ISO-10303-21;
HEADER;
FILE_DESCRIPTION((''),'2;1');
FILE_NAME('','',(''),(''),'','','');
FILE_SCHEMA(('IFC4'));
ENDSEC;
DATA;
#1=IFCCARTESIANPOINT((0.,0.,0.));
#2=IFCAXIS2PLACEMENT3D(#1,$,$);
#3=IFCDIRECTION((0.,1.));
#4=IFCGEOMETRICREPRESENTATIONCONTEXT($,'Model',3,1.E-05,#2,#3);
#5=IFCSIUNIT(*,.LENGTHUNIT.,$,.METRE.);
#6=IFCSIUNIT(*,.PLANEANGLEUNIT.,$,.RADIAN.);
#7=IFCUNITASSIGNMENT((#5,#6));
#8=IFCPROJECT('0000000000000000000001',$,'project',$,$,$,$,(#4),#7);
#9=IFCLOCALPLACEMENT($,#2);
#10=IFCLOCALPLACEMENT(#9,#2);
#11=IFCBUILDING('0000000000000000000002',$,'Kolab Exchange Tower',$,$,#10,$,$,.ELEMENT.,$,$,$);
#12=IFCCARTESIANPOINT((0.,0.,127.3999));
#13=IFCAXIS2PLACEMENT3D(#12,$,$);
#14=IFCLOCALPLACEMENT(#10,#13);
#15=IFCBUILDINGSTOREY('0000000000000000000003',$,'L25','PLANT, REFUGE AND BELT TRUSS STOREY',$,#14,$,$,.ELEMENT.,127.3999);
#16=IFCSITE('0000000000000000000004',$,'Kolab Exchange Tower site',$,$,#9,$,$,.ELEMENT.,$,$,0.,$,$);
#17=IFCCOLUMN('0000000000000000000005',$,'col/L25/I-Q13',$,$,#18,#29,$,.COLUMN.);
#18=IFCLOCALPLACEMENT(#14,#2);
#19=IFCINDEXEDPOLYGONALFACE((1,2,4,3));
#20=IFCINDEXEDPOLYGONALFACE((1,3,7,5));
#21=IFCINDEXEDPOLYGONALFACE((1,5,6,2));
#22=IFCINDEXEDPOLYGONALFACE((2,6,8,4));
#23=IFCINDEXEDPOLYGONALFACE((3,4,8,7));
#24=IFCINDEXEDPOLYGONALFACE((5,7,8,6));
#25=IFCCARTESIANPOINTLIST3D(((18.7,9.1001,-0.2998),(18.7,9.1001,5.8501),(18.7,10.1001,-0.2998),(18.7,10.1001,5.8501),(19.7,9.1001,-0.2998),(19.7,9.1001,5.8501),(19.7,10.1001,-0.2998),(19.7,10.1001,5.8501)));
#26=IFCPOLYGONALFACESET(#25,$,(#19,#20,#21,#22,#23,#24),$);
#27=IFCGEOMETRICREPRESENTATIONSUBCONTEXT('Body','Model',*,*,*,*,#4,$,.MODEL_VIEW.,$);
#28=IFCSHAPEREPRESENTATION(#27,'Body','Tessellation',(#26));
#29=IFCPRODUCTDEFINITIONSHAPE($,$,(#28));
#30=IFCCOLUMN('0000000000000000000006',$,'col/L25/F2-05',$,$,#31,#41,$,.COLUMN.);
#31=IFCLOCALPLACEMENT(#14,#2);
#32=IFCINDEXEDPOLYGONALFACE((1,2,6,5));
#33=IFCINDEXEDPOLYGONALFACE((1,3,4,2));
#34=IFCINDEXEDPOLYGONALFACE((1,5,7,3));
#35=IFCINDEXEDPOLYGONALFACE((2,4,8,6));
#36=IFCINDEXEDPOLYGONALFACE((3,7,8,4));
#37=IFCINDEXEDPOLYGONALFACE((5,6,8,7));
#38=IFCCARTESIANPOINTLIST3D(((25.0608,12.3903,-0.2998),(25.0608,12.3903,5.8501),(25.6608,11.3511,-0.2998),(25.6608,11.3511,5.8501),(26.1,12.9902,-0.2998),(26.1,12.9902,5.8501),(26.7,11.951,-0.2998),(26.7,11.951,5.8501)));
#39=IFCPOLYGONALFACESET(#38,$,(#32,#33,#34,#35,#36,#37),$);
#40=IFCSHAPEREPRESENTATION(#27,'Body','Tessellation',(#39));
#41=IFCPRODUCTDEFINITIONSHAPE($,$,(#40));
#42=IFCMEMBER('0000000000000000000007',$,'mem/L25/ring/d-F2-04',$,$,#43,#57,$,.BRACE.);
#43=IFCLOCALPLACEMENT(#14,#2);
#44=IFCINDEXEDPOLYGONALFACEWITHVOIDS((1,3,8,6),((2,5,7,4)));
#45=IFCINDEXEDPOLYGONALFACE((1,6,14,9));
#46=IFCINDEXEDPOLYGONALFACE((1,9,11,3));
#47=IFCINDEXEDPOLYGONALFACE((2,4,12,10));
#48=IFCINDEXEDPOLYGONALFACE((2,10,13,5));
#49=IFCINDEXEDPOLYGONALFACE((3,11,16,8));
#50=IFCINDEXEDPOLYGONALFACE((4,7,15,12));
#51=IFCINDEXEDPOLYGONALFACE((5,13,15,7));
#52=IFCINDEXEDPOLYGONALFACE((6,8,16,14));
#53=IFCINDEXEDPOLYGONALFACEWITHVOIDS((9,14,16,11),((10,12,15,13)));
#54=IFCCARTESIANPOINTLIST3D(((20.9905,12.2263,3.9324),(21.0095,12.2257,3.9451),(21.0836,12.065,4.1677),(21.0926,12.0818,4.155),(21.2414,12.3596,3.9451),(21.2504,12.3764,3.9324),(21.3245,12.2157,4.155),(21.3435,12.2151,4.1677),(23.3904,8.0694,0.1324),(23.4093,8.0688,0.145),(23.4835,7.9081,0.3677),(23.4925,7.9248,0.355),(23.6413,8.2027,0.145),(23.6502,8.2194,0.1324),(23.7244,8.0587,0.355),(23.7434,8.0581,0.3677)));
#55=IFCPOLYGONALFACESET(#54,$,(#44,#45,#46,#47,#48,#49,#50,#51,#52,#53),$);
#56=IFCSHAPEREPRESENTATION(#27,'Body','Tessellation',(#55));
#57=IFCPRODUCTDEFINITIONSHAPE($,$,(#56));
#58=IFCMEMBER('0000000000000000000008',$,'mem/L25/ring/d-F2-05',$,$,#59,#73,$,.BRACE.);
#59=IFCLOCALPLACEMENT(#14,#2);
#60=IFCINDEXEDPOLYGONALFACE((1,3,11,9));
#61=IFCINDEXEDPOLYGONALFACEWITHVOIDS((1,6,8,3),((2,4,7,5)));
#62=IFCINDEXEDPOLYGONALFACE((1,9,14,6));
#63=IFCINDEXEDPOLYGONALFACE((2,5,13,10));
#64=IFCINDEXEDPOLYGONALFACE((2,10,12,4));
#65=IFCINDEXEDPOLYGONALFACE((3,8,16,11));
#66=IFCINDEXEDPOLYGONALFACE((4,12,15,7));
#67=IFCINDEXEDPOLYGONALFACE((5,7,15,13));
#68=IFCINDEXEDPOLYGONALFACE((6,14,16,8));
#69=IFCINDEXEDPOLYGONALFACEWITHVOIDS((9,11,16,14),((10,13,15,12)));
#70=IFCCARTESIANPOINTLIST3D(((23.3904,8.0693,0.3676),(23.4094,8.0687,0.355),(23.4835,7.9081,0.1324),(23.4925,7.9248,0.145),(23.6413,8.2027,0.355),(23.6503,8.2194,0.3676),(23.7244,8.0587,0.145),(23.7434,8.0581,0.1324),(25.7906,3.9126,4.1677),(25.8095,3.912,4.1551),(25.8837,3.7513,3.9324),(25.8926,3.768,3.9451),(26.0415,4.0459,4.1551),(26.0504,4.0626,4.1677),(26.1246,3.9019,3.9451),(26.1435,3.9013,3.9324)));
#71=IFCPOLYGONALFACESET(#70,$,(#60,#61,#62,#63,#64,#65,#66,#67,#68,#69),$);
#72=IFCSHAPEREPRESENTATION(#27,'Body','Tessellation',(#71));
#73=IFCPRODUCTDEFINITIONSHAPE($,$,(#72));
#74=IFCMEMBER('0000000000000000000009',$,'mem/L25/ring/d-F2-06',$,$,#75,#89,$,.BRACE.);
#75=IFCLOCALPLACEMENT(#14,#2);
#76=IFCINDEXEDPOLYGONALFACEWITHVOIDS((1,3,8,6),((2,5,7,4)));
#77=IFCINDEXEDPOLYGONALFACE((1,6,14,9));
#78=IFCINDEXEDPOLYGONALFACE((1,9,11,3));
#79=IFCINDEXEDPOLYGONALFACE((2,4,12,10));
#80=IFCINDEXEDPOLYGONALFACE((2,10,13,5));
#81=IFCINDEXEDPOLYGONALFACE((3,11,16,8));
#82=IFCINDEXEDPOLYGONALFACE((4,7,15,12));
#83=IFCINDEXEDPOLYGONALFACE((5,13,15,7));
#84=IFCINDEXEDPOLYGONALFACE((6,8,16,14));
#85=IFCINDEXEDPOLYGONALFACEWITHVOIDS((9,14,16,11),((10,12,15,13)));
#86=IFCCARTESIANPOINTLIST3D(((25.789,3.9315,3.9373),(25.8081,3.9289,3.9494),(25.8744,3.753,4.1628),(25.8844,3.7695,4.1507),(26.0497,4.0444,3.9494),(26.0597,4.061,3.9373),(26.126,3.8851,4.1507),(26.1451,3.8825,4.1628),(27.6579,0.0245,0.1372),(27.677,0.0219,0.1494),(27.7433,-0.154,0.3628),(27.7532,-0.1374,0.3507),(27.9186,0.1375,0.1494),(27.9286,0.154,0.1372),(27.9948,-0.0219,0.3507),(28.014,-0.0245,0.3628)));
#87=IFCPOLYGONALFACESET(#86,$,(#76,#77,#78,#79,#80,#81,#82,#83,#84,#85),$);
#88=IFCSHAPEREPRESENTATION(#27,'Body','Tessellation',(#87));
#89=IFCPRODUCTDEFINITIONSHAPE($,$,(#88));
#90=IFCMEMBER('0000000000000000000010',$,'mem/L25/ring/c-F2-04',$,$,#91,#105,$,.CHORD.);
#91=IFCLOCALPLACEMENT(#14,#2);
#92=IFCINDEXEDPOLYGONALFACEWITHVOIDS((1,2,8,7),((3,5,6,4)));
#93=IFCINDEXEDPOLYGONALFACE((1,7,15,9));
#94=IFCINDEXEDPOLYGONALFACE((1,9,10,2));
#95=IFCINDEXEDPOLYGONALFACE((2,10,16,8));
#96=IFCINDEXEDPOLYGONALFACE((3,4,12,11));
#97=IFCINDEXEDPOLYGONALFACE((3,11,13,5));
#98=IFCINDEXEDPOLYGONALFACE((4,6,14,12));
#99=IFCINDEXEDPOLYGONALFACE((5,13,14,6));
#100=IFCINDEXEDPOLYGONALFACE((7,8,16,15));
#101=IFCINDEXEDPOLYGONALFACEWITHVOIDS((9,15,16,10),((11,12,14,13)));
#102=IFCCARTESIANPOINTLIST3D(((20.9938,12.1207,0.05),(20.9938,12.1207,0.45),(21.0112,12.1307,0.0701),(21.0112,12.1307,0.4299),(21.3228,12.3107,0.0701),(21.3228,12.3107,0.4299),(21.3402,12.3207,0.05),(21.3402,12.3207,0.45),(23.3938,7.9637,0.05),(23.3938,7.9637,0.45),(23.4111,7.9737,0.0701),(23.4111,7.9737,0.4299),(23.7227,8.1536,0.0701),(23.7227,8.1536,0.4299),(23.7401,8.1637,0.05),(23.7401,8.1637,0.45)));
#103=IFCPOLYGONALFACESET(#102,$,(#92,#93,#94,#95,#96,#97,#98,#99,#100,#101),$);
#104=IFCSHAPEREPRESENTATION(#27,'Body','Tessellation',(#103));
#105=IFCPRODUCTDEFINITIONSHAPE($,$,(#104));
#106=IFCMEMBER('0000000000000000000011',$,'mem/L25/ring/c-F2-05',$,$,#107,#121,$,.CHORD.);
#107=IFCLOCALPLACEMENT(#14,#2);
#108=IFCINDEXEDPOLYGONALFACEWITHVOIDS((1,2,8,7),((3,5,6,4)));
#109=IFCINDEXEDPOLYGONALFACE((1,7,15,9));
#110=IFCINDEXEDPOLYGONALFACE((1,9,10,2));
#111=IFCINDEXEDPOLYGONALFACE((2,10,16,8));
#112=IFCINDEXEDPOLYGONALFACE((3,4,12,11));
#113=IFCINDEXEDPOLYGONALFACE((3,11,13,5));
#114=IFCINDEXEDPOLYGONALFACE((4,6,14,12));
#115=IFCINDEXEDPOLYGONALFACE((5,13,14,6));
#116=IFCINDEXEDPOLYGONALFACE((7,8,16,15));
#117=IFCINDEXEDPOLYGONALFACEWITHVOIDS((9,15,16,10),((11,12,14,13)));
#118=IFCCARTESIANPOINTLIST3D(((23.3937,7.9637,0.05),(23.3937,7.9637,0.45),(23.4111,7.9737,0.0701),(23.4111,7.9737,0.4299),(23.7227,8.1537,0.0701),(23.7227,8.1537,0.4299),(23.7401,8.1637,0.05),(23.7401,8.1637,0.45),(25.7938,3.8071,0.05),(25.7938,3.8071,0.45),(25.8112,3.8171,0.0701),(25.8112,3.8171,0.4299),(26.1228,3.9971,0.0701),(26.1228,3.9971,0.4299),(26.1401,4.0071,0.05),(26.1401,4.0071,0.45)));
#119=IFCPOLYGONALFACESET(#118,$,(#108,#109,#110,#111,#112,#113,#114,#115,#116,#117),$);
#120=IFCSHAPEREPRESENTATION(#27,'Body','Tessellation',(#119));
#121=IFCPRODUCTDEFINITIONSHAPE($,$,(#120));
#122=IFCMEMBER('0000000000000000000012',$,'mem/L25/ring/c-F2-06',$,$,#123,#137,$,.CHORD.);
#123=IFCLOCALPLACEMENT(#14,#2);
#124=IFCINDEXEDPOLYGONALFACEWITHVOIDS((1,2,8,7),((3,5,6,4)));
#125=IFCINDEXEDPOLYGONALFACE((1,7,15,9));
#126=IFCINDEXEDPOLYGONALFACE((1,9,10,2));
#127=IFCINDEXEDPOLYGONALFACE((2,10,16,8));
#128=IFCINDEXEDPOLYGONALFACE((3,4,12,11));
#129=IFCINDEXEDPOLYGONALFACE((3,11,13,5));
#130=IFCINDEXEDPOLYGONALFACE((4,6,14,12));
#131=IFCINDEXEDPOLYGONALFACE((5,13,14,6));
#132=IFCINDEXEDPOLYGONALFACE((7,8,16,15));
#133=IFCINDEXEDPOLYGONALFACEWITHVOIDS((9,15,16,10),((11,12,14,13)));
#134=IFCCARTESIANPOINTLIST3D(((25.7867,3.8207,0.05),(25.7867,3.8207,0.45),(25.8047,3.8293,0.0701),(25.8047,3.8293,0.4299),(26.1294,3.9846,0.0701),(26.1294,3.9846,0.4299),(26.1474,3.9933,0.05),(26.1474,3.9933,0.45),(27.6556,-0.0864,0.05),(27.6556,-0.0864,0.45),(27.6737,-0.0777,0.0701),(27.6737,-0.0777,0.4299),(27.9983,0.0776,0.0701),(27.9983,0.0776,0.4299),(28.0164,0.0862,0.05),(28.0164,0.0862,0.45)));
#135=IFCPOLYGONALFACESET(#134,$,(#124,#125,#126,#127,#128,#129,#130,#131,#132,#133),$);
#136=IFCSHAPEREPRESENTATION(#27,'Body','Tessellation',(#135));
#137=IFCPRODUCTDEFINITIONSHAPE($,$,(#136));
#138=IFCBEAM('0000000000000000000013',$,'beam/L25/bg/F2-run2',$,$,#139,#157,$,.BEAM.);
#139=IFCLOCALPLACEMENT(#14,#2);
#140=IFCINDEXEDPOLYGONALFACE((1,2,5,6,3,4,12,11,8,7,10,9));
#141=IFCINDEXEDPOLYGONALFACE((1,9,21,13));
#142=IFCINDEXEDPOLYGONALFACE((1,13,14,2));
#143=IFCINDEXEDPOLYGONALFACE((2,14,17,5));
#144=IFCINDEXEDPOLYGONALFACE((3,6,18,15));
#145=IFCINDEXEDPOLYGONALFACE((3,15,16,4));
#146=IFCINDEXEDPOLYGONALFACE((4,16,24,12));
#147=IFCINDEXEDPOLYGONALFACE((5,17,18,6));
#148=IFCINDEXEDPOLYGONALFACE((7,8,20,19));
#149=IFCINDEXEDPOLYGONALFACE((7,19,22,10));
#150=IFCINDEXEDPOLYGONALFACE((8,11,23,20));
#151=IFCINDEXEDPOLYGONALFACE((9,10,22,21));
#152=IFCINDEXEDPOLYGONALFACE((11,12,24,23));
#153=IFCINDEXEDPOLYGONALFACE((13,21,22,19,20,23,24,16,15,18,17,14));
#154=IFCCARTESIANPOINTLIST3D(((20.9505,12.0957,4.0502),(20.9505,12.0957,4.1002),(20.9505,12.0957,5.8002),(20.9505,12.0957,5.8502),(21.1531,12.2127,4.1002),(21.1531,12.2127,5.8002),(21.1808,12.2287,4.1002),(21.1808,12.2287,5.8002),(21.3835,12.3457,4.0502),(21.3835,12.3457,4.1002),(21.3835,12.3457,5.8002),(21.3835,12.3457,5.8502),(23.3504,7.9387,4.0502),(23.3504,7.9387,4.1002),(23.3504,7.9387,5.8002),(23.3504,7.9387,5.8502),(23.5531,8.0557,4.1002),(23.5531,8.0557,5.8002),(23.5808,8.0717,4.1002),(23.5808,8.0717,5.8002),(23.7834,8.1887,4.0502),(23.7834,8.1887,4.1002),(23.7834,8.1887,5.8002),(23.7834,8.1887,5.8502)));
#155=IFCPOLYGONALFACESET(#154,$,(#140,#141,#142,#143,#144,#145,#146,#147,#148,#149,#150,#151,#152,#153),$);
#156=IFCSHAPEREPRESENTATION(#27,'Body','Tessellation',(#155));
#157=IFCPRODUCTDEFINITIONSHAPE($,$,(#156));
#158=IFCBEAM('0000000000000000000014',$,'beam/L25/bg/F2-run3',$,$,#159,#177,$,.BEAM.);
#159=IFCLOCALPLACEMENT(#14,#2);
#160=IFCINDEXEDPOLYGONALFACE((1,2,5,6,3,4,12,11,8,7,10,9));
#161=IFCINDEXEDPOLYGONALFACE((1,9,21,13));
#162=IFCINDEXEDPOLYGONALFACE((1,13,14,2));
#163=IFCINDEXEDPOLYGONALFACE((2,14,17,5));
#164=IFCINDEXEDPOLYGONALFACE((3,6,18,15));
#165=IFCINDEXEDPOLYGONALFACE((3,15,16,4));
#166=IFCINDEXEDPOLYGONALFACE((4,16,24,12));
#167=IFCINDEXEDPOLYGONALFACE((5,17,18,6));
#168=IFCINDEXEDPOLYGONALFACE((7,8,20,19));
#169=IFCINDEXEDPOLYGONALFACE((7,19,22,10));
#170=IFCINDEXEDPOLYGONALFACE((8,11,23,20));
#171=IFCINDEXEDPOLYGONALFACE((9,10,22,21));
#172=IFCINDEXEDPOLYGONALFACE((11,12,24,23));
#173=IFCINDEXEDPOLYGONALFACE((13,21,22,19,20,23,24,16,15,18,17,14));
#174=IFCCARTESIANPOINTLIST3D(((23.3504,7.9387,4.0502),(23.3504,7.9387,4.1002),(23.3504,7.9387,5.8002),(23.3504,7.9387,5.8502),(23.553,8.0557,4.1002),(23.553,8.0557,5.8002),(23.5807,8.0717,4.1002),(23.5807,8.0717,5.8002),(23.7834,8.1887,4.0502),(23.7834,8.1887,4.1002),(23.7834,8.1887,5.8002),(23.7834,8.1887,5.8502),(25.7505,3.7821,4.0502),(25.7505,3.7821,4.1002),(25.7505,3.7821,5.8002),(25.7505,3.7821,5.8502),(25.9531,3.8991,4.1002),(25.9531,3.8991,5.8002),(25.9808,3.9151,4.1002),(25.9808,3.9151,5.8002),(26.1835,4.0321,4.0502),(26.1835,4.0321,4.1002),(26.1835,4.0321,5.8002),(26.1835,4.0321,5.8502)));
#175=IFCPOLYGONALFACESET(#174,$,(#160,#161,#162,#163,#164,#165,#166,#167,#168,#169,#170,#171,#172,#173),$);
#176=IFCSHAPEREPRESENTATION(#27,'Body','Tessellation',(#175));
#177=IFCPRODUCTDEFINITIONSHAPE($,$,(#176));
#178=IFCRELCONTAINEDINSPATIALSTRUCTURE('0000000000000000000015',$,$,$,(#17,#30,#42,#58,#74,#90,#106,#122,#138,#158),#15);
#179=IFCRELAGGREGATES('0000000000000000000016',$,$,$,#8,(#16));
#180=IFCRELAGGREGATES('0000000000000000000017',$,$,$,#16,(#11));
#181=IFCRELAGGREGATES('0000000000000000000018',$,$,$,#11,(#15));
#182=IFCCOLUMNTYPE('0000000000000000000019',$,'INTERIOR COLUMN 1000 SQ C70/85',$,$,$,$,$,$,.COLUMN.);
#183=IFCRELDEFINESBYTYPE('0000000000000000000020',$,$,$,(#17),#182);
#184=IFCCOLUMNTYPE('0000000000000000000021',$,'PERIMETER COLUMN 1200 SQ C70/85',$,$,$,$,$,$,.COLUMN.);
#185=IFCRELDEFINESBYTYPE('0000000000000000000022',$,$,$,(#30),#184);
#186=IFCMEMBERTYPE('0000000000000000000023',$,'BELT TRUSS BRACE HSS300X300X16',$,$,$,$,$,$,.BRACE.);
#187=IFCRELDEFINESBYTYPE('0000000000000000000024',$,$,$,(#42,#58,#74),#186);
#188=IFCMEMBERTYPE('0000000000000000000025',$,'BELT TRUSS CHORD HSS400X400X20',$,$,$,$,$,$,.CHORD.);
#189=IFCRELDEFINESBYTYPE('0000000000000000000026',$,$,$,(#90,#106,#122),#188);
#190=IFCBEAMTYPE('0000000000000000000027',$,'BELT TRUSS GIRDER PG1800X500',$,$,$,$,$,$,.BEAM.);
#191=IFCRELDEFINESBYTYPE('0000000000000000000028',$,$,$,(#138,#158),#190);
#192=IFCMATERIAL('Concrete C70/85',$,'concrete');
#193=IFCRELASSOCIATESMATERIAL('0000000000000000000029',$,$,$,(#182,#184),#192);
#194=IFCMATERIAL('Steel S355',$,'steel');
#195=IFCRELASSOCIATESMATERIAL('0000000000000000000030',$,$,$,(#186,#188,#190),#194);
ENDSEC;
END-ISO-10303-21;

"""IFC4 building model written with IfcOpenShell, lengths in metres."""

from ifc_helpers import new_model, si_unit, direction, frame, origin, origin_2d, place, context, subcontext, project, spatial, rectangle, hollow_rectangle, i_section, extrude, material, material_profile, profile_set, type_object, element, save


model = new_model("IFC4")

# Units and contexts
model_context = context("Model", 3, precision=1e-05, world=origin(), true_north=direction((0.0, 1.0)))
body_context = subcontext(model_context, "Body", "Model", "MODEL_VIEW")
ifc_project = project(units=[si_unit("LENGTHUNIT", "METRE"), si_unit("PLANEANGLEUNIT", "RADIAN")], contexts=[model_context])

# Site, building, storey
site_placement = place(None, origin())
site = spatial("IfcSite", under=ifc_project, at=site_placement, Name="Kolab Exchange Tower site", CompositionType="ELEMENT", RefElevation=0.0)
building_placement = place(site_placement, origin())
building = spatial("IfcBuilding", under=site, at=building_placement, Name="Kolab Exchange Tower", CompositionType="ELEMENT")
storey_placement = place(building_placement, frame((0.0, 0.0, 127.3999)))
storey = spatial("IfcBuildingStorey", under=building, at=storey_placement, Name="L25", Description="PLANT, REFUGE AND BELT TRUSS STOREY", CompositionType="ELEMENT", Elevation=127.3999)

# Columns
ifc_material_1 = material(Name="Concrete C70/85", Category="concrete")
ifc_material_profile_1 = material_profile(ifc_material_1, rectangle(XDim=1.0, YDim=1.0, at=origin_2d()), Name="RC1000")
ifc_profile_set_1 = profile_set([ifc_material_profile_1], Name="Concrete C70/85")
column_type_1 = type_object("IfcColumnType", Name="INTERIOR COLUMN 1000 SQ C70/85", PredefinedType="COLUMN", material=ifc_profile_set_1)
column_1_placement = place(storey_placement, frame((19.2, 9.6001, -0.2998), z_axis=(0.0, 0.0, 1.0), x_axis=(1.0, 0.0, 0.0)))
element("IfcColumn", 1, at=column_1_placement, inside=storey, type_object=column_type_1, Name="col/L25/I-Q13", PredefinedType="COLUMN", context=body_context, shape_type="SweptSolid", body=[
    extrude(rectangle(XDim=1.0, YDim=1.0, at=origin_2d()), origin(), (0.0, 0.0, 1.0), 6.1499),
])
ifc_material_profile_2 = material_profile(ifc_material_1, rectangle(XDim=1.2, YDim=1.2, at=origin_2d()), Name="RC1200")
ifc_profile_set_2 = profile_set([ifc_material_profile_2], Name="Concrete C70/85")
column_type_2 = type_object("IfcColumnType", Name="PERIMETER COLUMN 1200 SQ C70/85", PredefinedType="COLUMN", material=ifc_profile_set_2)
column_2_placement = place(storey_placement, frame((25.8804, 12.1707, -0.2998), z_axis=(0.0, 0.0, 1.0), x_axis=(0.866025, 0.5, 0.0)))
element("IfcColumn", 2, at=column_2_placement, inside=storey, type_object=column_type_2, Name="col/L25/F2-05", PredefinedType="COLUMN", context=body_context, shape_type="SweptSolid", body=[
    extrude(rectangle(XDim=1.2, YDim=1.2, at=origin_2d()), origin(), (0.0, 0.0, 1.0), 6.1499),
])

# Members
ifc_material_2 = material(Name="Steel S355", Category="steel")
ifc_material_profile_3 = material_profile(ifc_material_2, hollow_rectangle(XDim=0.3, YDim=0.3, WallThickness=0.0161, at=origin_2d()), Name="HSS300X300X16")
ifc_profile_set_3 = profile_set([ifc_material_profile_3], Name="Steel S355")
member_type_1 = type_object("IfcMemberType", Name="BELT TRUSS BRACE HSS300X300X16", PredefinedType="BRACE", material=ifc_profile_set_3)
for number, where, z_axis, x_axis, name in (
    (3, (21.167, 12.2207, 4.05), (0.392005, -0.67901, -0.620708), (0.866037, 0.499979, 0.0), "mem/L25/ring/d-F2-04"),
    (4, (23.5669, 8.0637, 0.25), (0.392049, -0.678978, 0.620715), (0.866003, 0.500039, 0.0), "mem/L25/ring/d-F2-05"),
):
    element("IfcMember", number, at=place(storey_placement, frame(where, z_axis=z_axis, x_axis=x_axis)), inside=storey, type_object=member_type_1, Name=name, PredefinedType="BRACE", context=body_context, shape_type="SweptSolid", body=[
        extrude(hollow_rectangle(XDim=0.3, YDim=0.3, WallThickness=0.0161, at=origin_2d()), origin(), (0.0, 0.0, 1.0), 6.1221),
    ])
member_1_placement = place(storey_placement, frame((25.967, 3.907, 4.05), z_axis=(0.324363, -0.678091, -0.659531), x_axis=(0.902104, 0.431519, 0.0)))
element("IfcMember", 5, at=member_1_placement, inside=storey, type_object=member_type_1, Name="mem/L25/ring/d-F2-06", PredefinedType="BRACE", context=body_context, shape_type="SweptSolid", body=[
    extrude(hollow_rectangle(XDim=0.3, YDim=0.3, WallThickness=0.0161, at=origin_2d()), origin(), (0.0, 0.0, 1.0), 5.7617),
])
ifc_material_profile_4 = material_profile(ifc_material_2, hollow_rectangle(XDim=0.3999, YDim=0.3999, WallThickness=0.02, at=origin_2d()), Name="HSS400X400X20")
ifc_profile_set_4 = profile_set([ifc_material_profile_4], Name="Steel S355")
member_type_2 = type_object("IfcMemberType", Name="BELT TRUSS CHORD HSS400X400X20", PredefinedType="CHORD", material=ifc_profile_set_4)
member_2_placement = place(storey_placement, frame((21.167, 12.2207, 0.25), z_axis=(0.499979, -0.866037, 0.0), x_axis=(0.866037, 0.499979, 0.0)))
element("IfcMember", 6, at=member_2_placement, inside=storey, type_object=member_type_2, Name="mem/L25/ring/c-F2-04", PredefinedType="CHORD", context=body_context, shape_type="SweptSolid", body=[
    extrude(hollow_rectangle(XDim=0.3999, YDim=0.3999, WallThickness=0.02, at=origin_2d()), origin(), (0.0, 0.0, 1.0), 4.8),
])
member_3_placement = place(storey_placement, frame((23.5669, 8.0637, 0.25), z_axis=(0.500039, -0.866003, 0.0), x_axis=(0.866003, 0.500039, 0.0)))
element("IfcMember", 7, at=member_3_placement, inside=storey, type_object=member_type_2, Name="mem/L25/ring/c-F2-05", PredefinedType="CHORD", context=body_context, shape_type="SweptSolid", body=[
    extrude(hollow_rectangle(XDim=0.3999, YDim=0.3999, WallThickness=0.02, at=origin_2d()), origin(), (0.0, 0.0, 1.0), 4.7998),
])
member_4_placement = place(storey_placement, frame((25.967, 3.907, 0.25), z_axis=(0.431519, -0.902104, 0.0), x_axis=(0.902104, 0.431519, 0.0)))
element("IfcMember", 8, at=member_4_placement, inside=storey, type_object=member_type_2, Name="mem/L25/ring/c-F2-06", PredefinedType="CHORD", context=body_context, shape_type="SweptSolid", body=[
    extrude(hollow_rectangle(XDim=0.3999, YDim=0.3999, WallThickness=0.02, at=origin_2d()), origin(), (0.0, 0.0, 1.0), 4.3311),
])

# Beams
ifc_material_profile_5 = material_profile(ifc_material_2, i_section(OverallWidth=0.5, OverallDepth=1.8, WebThickness=0.032, FlangeThickness=0.05, at=origin_2d()), Name="PG1800X500")
ifc_profile_set_5 = profile_set([ifc_material_profile_5], Name="Steel S355")
beam_type_1 = type_object("IfcBeamType", Name="BELT TRUSS GIRDER PG1800X500", PredefinedType="BEAM", material=ifc_profile_set_5)
beam_1_placement = place(storey_placement, frame((21.167, 12.2207, 4.9502), z_axis=(0.499979, -0.866037, 0.0), x_axis=(0.866037, 0.499979, 0.0)))
element("IfcBeam", 9, at=beam_1_placement, inside=storey, type_object=beam_type_1, Name="beam/L25/bg/F2-run2", PredefinedType="BEAM", context=body_context, shape_type="SweptSolid", body=[
    extrude(i_section(OverallWidth=0.5, OverallDepth=1.8, WebThickness=0.032, FlangeThickness=0.05, at=origin_2d()), origin(), (0.0, 0.0, 1.0), 4.8),
])
beam_2_placement = place(storey_placement, frame((23.5669, 8.0637, 4.9502), z_axis=(0.500039, -0.866003, 0.0), x_axis=(0.866003, 0.500039, 0.0)))
element("IfcBeam", 10, at=beam_2_placement, inside=storey, type_object=beam_type_1, Name="beam/L25/bg/F2-run3", PredefinedType="BEAM", context=body_context, shape_type="SweptSolid", body=[
    extrude(i_section(OverallWidth=0.5, OverallDepth=1.8, WebThickness=0.032, FlangeThickness=0.05, at=origin_2d()), origin(), (0.0, 0.0, 1.0), 4.7998),
])

save(model, "model.ifc")
